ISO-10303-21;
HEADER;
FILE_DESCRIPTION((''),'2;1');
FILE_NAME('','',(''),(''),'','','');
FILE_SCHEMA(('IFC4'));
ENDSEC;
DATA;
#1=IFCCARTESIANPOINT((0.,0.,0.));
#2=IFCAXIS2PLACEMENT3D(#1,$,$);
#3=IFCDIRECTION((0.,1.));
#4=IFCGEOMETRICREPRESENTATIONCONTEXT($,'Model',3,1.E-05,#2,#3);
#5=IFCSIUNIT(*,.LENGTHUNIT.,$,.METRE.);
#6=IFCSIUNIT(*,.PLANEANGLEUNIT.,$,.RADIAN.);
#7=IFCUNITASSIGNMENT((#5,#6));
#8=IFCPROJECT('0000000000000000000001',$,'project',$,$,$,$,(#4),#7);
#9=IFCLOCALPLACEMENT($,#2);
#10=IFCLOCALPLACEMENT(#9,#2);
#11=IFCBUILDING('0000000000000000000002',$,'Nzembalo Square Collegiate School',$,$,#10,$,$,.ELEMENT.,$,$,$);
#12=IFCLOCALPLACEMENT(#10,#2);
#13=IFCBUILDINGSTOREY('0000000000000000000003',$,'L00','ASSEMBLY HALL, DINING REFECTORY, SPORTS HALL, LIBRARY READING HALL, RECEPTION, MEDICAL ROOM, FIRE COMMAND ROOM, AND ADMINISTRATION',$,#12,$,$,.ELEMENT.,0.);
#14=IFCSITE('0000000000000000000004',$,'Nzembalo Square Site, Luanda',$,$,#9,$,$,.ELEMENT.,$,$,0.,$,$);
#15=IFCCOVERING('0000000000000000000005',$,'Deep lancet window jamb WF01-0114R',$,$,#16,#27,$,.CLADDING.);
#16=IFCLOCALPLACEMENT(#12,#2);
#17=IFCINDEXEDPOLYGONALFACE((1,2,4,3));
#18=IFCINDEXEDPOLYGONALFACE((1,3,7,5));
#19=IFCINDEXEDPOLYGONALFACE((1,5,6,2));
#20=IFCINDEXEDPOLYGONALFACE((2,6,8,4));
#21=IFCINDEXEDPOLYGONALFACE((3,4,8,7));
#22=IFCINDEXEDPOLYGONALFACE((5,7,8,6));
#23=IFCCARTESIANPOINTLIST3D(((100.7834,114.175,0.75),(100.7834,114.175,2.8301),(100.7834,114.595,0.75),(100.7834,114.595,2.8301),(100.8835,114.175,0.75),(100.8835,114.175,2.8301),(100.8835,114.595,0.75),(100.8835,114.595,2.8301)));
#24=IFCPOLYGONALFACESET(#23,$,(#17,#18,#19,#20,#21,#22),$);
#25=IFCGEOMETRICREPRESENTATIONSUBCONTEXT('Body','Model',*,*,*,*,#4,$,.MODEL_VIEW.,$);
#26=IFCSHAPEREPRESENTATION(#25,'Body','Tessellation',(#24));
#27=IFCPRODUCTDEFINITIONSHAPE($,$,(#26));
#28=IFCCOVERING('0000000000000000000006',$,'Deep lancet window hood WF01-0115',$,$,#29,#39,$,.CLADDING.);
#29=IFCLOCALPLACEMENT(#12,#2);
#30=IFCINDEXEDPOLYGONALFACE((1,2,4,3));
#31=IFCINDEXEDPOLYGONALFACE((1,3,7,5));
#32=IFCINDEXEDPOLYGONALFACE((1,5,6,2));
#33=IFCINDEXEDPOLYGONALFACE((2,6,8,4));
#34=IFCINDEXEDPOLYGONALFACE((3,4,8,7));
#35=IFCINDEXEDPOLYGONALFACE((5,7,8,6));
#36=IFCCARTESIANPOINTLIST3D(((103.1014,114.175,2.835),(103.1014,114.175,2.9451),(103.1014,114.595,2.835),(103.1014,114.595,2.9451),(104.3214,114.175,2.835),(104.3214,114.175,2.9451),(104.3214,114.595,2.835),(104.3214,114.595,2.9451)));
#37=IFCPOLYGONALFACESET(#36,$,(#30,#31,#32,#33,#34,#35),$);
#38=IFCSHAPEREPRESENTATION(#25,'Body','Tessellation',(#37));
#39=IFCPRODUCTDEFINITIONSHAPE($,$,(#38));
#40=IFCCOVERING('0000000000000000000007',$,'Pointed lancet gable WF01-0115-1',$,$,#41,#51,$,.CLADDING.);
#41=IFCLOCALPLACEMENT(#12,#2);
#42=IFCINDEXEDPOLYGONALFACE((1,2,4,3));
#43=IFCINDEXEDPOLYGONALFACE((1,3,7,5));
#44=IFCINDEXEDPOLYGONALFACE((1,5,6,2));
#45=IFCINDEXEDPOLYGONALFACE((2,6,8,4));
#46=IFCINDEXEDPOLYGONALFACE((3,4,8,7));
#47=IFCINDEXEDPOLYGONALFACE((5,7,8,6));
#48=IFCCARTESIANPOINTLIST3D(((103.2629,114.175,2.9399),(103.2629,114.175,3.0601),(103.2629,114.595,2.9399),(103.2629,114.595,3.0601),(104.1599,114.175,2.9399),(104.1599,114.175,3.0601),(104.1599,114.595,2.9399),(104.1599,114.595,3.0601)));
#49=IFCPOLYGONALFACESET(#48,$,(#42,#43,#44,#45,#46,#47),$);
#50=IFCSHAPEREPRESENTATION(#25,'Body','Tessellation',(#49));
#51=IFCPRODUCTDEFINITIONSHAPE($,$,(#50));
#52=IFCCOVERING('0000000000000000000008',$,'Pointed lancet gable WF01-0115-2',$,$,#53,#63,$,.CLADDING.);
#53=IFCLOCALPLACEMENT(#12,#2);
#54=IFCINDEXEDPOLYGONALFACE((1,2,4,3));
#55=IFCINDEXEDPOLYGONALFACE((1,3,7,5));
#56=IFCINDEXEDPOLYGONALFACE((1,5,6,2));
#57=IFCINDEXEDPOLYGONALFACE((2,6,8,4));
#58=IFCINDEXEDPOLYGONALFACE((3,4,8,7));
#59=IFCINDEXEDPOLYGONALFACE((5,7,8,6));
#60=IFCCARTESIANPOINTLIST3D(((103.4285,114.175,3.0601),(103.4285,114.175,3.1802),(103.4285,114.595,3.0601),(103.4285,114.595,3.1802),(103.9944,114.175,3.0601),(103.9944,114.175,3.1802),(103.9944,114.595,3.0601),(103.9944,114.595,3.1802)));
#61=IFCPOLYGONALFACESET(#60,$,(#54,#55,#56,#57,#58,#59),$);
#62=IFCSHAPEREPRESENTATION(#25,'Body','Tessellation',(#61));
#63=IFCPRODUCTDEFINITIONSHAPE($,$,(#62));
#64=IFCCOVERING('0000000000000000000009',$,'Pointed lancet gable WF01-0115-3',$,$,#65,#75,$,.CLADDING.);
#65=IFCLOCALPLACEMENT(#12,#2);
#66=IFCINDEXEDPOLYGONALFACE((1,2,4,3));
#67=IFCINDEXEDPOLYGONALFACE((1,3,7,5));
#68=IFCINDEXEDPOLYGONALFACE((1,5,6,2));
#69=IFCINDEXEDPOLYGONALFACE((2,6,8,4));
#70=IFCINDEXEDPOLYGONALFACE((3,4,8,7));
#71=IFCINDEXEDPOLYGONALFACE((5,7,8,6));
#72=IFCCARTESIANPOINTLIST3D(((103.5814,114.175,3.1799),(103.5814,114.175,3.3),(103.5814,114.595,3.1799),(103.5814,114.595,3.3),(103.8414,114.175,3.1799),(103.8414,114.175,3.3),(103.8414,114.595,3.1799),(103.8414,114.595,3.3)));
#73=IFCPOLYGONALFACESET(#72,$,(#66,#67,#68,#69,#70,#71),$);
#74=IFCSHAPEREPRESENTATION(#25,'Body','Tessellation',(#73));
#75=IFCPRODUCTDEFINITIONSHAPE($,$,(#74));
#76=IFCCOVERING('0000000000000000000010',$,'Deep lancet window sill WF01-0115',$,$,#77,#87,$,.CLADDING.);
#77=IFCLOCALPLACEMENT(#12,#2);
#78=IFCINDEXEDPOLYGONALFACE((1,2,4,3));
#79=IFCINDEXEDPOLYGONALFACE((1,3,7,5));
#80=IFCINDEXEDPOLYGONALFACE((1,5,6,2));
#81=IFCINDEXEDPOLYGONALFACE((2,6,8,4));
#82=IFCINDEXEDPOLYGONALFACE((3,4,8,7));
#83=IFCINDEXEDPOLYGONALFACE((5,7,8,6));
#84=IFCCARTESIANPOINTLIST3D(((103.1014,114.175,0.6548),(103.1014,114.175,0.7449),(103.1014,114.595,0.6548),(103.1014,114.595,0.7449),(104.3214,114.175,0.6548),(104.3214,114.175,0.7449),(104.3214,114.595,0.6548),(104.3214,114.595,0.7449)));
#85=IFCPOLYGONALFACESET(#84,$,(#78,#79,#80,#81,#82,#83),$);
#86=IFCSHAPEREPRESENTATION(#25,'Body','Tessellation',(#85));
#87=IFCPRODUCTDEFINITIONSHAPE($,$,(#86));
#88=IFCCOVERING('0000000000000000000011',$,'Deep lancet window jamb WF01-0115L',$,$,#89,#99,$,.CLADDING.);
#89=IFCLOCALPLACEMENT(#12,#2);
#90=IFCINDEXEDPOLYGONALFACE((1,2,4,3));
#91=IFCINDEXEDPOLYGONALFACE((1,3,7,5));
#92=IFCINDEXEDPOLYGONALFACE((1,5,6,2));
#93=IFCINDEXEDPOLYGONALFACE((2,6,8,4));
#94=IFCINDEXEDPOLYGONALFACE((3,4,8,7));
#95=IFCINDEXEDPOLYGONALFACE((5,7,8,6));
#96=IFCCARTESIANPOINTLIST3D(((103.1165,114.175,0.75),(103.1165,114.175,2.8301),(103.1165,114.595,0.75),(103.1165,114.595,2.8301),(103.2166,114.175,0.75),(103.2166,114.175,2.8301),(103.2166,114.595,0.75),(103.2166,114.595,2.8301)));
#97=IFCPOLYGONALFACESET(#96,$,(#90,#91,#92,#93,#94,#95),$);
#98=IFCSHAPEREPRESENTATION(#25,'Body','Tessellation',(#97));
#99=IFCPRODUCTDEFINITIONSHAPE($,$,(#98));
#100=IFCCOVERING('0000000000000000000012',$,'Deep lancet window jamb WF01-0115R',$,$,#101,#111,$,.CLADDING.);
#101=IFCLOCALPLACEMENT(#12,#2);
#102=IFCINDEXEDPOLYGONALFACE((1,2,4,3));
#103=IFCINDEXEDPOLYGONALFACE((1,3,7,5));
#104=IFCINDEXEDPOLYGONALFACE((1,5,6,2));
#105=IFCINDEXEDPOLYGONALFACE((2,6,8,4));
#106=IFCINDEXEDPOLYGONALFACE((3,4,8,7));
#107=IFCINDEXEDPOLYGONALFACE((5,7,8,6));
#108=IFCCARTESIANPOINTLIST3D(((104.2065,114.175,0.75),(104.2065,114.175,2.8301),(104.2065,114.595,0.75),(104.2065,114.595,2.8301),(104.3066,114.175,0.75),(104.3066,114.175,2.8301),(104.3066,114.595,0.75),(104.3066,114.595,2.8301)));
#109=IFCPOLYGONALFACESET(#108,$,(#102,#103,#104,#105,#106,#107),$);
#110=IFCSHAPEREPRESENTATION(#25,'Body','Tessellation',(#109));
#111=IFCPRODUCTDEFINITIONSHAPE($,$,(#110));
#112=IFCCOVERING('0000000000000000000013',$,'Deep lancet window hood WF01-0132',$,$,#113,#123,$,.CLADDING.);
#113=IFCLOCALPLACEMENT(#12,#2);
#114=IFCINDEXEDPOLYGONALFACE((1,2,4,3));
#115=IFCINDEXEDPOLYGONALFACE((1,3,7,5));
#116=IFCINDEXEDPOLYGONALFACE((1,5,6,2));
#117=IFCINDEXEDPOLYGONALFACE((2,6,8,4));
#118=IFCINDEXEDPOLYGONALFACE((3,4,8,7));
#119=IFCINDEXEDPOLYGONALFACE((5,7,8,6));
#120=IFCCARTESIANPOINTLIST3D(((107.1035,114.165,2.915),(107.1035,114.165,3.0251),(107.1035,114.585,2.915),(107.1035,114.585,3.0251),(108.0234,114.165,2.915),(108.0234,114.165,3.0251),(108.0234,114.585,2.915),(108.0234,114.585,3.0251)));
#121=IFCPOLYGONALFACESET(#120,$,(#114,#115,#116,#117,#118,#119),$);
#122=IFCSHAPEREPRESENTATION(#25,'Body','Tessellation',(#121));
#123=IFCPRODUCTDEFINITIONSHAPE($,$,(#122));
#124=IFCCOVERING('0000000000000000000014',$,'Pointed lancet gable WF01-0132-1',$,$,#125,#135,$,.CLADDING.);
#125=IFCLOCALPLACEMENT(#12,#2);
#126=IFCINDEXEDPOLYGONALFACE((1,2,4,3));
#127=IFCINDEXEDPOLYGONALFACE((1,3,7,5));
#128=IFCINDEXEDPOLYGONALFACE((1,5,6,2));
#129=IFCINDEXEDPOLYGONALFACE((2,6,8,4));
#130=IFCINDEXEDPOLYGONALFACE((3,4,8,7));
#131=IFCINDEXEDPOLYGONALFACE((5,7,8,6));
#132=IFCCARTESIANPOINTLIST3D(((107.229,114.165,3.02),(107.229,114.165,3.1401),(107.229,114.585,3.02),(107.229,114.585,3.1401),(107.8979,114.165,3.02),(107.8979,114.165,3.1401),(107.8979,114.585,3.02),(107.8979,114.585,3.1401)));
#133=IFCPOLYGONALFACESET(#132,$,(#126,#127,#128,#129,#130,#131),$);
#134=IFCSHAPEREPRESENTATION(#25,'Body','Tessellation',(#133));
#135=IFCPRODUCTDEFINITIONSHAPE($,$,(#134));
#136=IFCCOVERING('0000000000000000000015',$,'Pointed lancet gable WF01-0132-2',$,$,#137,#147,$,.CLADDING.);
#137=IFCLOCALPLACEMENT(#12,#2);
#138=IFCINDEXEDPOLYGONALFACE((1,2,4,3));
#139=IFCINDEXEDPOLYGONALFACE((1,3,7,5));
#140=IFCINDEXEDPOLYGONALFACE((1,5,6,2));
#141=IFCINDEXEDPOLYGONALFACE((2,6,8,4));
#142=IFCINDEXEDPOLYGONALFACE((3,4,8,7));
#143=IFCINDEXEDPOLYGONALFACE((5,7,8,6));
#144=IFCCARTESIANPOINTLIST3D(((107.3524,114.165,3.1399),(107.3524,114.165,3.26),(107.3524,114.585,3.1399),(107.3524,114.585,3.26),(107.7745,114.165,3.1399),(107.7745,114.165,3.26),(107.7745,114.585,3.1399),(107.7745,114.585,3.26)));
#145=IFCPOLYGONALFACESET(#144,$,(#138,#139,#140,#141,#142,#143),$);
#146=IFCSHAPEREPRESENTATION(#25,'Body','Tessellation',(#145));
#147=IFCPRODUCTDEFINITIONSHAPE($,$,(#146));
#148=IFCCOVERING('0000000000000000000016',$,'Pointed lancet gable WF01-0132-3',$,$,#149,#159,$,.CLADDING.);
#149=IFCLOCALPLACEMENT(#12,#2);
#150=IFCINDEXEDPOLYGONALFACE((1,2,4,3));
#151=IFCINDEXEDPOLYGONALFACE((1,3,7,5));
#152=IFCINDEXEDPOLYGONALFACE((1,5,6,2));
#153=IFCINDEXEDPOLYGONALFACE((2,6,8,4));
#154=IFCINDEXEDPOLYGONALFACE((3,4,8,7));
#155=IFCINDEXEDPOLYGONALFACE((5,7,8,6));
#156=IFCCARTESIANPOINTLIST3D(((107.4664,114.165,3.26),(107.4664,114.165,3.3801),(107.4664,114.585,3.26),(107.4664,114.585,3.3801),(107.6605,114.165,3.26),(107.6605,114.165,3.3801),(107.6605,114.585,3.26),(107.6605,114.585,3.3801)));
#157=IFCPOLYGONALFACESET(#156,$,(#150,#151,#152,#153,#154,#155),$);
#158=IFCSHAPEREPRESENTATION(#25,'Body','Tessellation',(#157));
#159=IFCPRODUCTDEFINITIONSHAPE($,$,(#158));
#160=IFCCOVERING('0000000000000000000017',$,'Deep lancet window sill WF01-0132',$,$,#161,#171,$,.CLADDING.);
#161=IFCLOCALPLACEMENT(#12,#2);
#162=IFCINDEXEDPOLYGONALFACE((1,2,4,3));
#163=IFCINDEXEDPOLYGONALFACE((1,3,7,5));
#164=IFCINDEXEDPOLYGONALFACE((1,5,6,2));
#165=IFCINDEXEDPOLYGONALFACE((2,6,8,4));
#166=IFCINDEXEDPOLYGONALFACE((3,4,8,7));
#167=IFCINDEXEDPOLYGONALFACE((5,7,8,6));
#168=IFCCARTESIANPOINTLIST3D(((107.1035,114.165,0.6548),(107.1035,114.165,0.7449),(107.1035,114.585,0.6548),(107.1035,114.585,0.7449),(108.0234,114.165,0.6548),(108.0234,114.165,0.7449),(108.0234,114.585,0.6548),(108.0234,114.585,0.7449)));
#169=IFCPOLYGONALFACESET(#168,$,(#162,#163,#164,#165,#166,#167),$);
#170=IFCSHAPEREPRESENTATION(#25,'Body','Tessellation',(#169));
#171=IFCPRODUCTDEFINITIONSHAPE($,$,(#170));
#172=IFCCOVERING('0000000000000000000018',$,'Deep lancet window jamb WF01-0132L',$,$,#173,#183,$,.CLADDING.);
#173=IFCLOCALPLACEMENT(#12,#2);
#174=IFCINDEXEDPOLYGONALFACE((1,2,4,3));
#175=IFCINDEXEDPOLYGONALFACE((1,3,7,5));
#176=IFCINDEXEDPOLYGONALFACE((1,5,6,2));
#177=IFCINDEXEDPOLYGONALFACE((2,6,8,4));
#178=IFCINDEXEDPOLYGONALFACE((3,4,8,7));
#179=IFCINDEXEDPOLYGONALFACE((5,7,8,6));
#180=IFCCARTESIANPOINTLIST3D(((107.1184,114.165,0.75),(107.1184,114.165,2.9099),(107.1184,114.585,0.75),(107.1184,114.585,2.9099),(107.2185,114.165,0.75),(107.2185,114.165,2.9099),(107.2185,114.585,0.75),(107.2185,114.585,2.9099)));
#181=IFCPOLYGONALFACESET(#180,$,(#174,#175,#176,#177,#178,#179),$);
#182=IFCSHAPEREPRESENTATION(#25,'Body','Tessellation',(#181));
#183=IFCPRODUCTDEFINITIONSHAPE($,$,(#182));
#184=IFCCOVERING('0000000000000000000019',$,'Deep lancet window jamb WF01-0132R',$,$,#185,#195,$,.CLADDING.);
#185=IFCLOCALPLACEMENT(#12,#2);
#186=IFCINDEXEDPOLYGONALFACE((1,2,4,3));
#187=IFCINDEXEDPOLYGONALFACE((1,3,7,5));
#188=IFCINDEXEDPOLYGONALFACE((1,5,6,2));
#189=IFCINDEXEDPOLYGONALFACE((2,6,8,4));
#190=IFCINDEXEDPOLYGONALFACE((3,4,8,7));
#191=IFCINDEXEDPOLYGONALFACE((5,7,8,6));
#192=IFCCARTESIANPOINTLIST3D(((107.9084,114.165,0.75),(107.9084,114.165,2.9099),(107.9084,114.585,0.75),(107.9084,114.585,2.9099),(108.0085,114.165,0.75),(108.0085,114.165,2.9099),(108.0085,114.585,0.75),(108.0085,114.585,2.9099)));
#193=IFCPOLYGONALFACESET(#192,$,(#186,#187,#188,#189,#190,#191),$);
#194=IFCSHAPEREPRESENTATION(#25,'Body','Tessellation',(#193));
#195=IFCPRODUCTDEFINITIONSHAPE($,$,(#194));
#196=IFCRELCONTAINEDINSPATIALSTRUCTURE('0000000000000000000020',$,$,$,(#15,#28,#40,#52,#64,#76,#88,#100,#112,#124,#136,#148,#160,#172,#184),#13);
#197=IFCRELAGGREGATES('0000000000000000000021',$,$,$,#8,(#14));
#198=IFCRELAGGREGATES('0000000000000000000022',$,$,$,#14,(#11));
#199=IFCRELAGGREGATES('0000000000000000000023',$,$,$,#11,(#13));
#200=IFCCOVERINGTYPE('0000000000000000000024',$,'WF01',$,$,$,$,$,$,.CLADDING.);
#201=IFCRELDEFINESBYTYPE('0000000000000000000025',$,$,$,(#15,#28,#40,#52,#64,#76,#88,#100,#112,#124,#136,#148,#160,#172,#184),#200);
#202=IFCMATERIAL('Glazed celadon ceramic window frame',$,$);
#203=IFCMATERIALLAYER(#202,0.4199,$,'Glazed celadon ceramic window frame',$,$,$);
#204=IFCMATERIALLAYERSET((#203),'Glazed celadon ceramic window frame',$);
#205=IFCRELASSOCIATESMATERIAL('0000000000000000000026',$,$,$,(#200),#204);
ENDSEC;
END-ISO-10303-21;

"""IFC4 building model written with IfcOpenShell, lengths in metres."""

from ifc_helpers import new_model, si_unit, direction, frame, origin, origin_2d, place, context, subcontext, project, spatial, rectangle, extrude, material, layer, layer_set, type_object, element, save


model = new_model("IFC4")

# Units and contexts
model_context = context("Model", 3, precision=1e-05, world=origin(), true_north=direction((0.0, 1.0)))
body_context = subcontext(model_context, "Body", "Model", "MODEL_VIEW")
ifc_project = project(units=[si_unit("LENGTHUNIT", "METRE"), si_unit("PLANEANGLEUNIT", "RADIAN")], contexts=[model_context])

# Site, building, storey
site_placement = place(None, origin())
site = spatial("IfcSite", under=ifc_project, at=site_placement, Name="Nzembalo Square Site, Luanda", CompositionType="ELEMENT", RefElevation=0.0)
building_placement = place(site_placement, origin())
building = spatial("IfcBuilding", under=site, at=building_placement, Name="Nzembalo Square Collegiate School", CompositionType="ELEMENT")
storey_placement = place(building_placement, origin())
storey = spatial("IfcBuildingStorey", under=building, at=storey_placement, Name="L00", Description="ASSEMBLY HALL, DINING REFECTORY, SPORTS HALL, LIBRARY READING HALL, RECEPTION, MEDICAL ROOM, FIRE COMMAND ROOM, AND ADMINISTRATION", CompositionType="ELEMENT", Elevation=0.0)

# Coverings
ifc_material_1 = material(Name="Glazed celadon ceramic window frame")
ifc_layer_1 = layer(ifc_material_1, 0.4199, Name="Glazed celadon ceramic window frame")
ifc_layer_set_1 = layer_set([ifc_layer_1], Name="Glazed celadon ceramic window frame")
covering_type = type_object("IfcCoveringType", Name="WF01", PredefinedType="CLADDING", material=ifc_layer_set_1)
for number, where, z_axis, x_axis, name in (
    (1, (100.8335, 114.385, 0.75), (0.0, 0.0, 1.0), (1.0, 0.0, 0.0), "Deep lancet window jamb WF01-0114R"),
):
    element("IfcCovering", number, at=place(storey_placement, frame(where, z_axis=z_axis, x_axis=x_axis)), inside=storey, type_object=covering_type, Name=name, PredefinedType="CLADDING", context=body_context, shape_type="SweptSolid", body=[
        extrude(rectangle(XDim=0.1001, YDim=0.4199, at=origin_2d()), origin(), (0.0, 0.0, 1.0), 2.0801),
    ])
covering_1_placement = place(storey_placement, frame((103.7114, 114.385, 2.835), z_axis=(0.0, 0.0, 1.0), x_axis=(1.0, 0.0, 0.0)))
element("IfcCovering", 2, at=covering_1_placement, inside=storey, type_object=covering_type, Name="Deep lancet window hood WF01-0115", PredefinedType="CLADDING", context=body_context, shape_type="SweptSolid", body=[
    extrude(rectangle(XDim=1.22, YDim=0.4199, at=origin_2d()), origin(), (0.0, 0.0, 1.0), 0.1101),
])
covering_2_placement = place(storey_placement, frame((103.7114, 114.385, 2.9399), z_axis=(0.0, 0.0, 1.0), x_axis=(1.0, 0.0, 0.0)))
element("IfcCovering", 3, at=covering_2_placement, inside=storey, type_object=covering_type, Name="Pointed lancet gable WF01-0115-1", PredefinedType="CLADDING", context=body_context, shape_type="SweptSolid", body=[
    extrude(rectangle(XDim=0.897, YDim=0.4199, at=origin_2d()), origin(), (0.0, 0.0, 1.0), 0.1201),
])
covering_3_placement = place(storey_placement, frame((103.7114, 114.385, 3.0601), z_axis=(0.0, 0.0, 1.0), x_axis=(1.0, 0.0, 0.0)))
element("IfcCovering", 4, at=covering_3_placement, inside=storey, type_object=covering_type, Name="Pointed lancet gable WF01-0115-2", PredefinedType="CLADDING", context=body_context, shape_type="SweptSolid", body=[
    extrude(rectangle(XDim=0.5659, YDim=0.4199, at=origin_2d()), origin(), (0.0, 0.0, 1.0), 0.1201),
])
covering_4_placement = place(storey_placement, frame((103.7114, 114.385, 3.1799), z_axis=(0.0, 0.0, 1.0), x_axis=(1.0, 0.0, 0.0)))
element("IfcCovering", 5, at=covering_4_placement, inside=storey, type_object=covering_type, Name="Pointed lancet gable WF01-0115-3", PredefinedType="CLADDING", context=body_context, shape_type="SweptSolid", body=[
    extrude(rectangle(XDim=0.26, YDim=0.4199, at=origin_2d()), origin(), (0.0, 0.0, 1.0), 0.1201),
])
covering_5_placement = place(storey_placement, frame((103.7114, 114.385, 0.6548), z_axis=(0.0, 0.0, 1.0), x_axis=(1.0, 0.0, 0.0)))
element("IfcCovering", 6, at=covering_5_placement, inside=storey, type_object=covering_type, Name="Deep lancet window sill WF01-0115", PredefinedType="CLADDING", context=body_context, shape_type="SweptSolid", body=[
    extrude(rectangle(XDim=1.22, YDim=0.4199, at=origin_2d()), origin(), (0.0, 0.0, 1.0), 0.0901),
])
for number, where, z_axis, x_axis, name in (
    (7, (103.1665, 114.385, 0.75), (0.0, 0.0, 1.0), (1.0, 0.0, 0.0), "Deep lancet window jamb WF01-0115L"),
    (8, (104.2566, 114.385, 0.75), (0.0, 0.0, 1.0), (1.0, 0.0, 0.0), "Deep lancet window jamb WF01-0115R"),
):
    element("IfcCovering", number, at=place(storey_placement, frame(where, z_axis=z_axis, x_axis=x_axis)), inside=storey, type_object=covering_type, Name=name, PredefinedType="CLADDING", context=body_context, shape_type="SweptSolid", body=[
        extrude(rectangle(XDim=0.1001, YDim=0.4199, at=origin_2d()), origin(), (0.0, 0.0, 1.0), 2.0801),
    ])
covering_6_placement = place(storey_placement, frame((107.5635, 114.375, 2.915), z_axis=(0.0, 0.0, 1.0), x_axis=(1.0, 0.0, 0.0)))
element("IfcCovering", 9, at=covering_6_placement, inside=storey, type_object=covering_type, Name="Deep lancet window hood WF01-0132", PredefinedType="CLADDING", context=body_context, shape_type="SweptSolid", body=[
    extrude(rectangle(XDim=0.9199, YDim=0.4199, at=origin_2d()), origin(), (0.0, 0.0, 1.0), 0.1101),
])
covering_7_placement = place(storey_placement, frame((107.5635, 114.375, 3.02), z_axis=(0.0, 0.0, 1.0), x_axis=(1.0, 0.0, 0.0)))
element("IfcCovering", 10, at=covering_7_placement, inside=storey, type_object=covering_type, Name="Pointed lancet gable WF01-0132-1", PredefinedType="CLADDING", context=body_context, shape_type="SweptSolid", body=[
    extrude(rectangle(XDim=0.6689, YDim=0.4199, at=origin_2d()), origin(), (0.0, 0.0, 1.0), 0.1201),
])
covering_8_placement = place(storey_placement, frame((107.5635, 114.375, 3.1399), z_axis=(0.0, 0.0, 1.0), x_axis=(1.0, 0.0, 0.0)))
element("IfcCovering", 11, at=covering_8_placement, inside=storey, type_object=covering_type, Name="Pointed lancet gable WF01-0132-2", PredefinedType="CLADDING", context=body_context, shape_type="SweptSolid", body=[
    extrude(rectangle(XDim=0.4221, YDim=0.4199, at=origin_2d()), origin(), (0.0, 0.0, 1.0), 0.1201),
])
covering_9_placement = place(storey_placement, frame((107.5635, 114.375, 3.26), z_axis=(0.0, 0.0, 1.0), x_axis=(1.0, 0.0, 0.0)))
element("IfcCovering", 12, at=covering_9_placement, inside=storey, type_object=covering_type, Name="Pointed lancet gable WF01-0132-3", PredefinedType="CLADDING", context=body_context, shape_type="SweptSolid", body=[
    extrude(rectangle(XDim=0.1941, YDim=0.4199, at=origin_2d()), origin(), (0.0, 0.0, 1.0), 0.1201),
])
covering_10_placement = place(storey_placement, frame((107.5635, 114.375, 0.6548), z_axis=(0.0, 0.0, 1.0), x_axis=(1.0, 0.0, 0.0)))
element("IfcCovering", 13, at=covering_10_placement, inside=storey, type_object=covering_type, Name="Deep lancet window sill WF01-0132", PredefinedType="CLADDING", context=body_context, shape_type="SweptSolid", body=[
    extrude(rectangle(XDim=0.9199, YDim=0.4199, at=origin_2d()), origin(), (0.0, 0.0, 1.0), 0.0901),
])
for number, where, z_axis, x_axis, name in (
    (14, (107.1685, 114.375, 0.75), (0.0, 0.0, 1.0), (1.0, 0.0, 0.0), "Deep lancet window jamb WF01-0132L"),
    (15, (107.9585, 114.375, 0.75), (0.0, 0.0, 1.0), (1.0, 0.0, 0.0), "Deep lancet window jamb WF01-0132R"),
):
    element("IfcCovering", number, at=place(storey_placement, frame(where, z_axis=z_axis, x_axis=x_axis)), inside=storey, type_object=covering_type, Name=name, PredefinedType="CLADDING", context=body_context, shape_type="SweptSolid", body=[
        extrude(rectangle(XDim=0.1001, YDim=0.4199, at=origin_2d()), origin(), (0.0, 0.0, 1.0), 2.1599),
    ])

save(model, "model.ifc")
